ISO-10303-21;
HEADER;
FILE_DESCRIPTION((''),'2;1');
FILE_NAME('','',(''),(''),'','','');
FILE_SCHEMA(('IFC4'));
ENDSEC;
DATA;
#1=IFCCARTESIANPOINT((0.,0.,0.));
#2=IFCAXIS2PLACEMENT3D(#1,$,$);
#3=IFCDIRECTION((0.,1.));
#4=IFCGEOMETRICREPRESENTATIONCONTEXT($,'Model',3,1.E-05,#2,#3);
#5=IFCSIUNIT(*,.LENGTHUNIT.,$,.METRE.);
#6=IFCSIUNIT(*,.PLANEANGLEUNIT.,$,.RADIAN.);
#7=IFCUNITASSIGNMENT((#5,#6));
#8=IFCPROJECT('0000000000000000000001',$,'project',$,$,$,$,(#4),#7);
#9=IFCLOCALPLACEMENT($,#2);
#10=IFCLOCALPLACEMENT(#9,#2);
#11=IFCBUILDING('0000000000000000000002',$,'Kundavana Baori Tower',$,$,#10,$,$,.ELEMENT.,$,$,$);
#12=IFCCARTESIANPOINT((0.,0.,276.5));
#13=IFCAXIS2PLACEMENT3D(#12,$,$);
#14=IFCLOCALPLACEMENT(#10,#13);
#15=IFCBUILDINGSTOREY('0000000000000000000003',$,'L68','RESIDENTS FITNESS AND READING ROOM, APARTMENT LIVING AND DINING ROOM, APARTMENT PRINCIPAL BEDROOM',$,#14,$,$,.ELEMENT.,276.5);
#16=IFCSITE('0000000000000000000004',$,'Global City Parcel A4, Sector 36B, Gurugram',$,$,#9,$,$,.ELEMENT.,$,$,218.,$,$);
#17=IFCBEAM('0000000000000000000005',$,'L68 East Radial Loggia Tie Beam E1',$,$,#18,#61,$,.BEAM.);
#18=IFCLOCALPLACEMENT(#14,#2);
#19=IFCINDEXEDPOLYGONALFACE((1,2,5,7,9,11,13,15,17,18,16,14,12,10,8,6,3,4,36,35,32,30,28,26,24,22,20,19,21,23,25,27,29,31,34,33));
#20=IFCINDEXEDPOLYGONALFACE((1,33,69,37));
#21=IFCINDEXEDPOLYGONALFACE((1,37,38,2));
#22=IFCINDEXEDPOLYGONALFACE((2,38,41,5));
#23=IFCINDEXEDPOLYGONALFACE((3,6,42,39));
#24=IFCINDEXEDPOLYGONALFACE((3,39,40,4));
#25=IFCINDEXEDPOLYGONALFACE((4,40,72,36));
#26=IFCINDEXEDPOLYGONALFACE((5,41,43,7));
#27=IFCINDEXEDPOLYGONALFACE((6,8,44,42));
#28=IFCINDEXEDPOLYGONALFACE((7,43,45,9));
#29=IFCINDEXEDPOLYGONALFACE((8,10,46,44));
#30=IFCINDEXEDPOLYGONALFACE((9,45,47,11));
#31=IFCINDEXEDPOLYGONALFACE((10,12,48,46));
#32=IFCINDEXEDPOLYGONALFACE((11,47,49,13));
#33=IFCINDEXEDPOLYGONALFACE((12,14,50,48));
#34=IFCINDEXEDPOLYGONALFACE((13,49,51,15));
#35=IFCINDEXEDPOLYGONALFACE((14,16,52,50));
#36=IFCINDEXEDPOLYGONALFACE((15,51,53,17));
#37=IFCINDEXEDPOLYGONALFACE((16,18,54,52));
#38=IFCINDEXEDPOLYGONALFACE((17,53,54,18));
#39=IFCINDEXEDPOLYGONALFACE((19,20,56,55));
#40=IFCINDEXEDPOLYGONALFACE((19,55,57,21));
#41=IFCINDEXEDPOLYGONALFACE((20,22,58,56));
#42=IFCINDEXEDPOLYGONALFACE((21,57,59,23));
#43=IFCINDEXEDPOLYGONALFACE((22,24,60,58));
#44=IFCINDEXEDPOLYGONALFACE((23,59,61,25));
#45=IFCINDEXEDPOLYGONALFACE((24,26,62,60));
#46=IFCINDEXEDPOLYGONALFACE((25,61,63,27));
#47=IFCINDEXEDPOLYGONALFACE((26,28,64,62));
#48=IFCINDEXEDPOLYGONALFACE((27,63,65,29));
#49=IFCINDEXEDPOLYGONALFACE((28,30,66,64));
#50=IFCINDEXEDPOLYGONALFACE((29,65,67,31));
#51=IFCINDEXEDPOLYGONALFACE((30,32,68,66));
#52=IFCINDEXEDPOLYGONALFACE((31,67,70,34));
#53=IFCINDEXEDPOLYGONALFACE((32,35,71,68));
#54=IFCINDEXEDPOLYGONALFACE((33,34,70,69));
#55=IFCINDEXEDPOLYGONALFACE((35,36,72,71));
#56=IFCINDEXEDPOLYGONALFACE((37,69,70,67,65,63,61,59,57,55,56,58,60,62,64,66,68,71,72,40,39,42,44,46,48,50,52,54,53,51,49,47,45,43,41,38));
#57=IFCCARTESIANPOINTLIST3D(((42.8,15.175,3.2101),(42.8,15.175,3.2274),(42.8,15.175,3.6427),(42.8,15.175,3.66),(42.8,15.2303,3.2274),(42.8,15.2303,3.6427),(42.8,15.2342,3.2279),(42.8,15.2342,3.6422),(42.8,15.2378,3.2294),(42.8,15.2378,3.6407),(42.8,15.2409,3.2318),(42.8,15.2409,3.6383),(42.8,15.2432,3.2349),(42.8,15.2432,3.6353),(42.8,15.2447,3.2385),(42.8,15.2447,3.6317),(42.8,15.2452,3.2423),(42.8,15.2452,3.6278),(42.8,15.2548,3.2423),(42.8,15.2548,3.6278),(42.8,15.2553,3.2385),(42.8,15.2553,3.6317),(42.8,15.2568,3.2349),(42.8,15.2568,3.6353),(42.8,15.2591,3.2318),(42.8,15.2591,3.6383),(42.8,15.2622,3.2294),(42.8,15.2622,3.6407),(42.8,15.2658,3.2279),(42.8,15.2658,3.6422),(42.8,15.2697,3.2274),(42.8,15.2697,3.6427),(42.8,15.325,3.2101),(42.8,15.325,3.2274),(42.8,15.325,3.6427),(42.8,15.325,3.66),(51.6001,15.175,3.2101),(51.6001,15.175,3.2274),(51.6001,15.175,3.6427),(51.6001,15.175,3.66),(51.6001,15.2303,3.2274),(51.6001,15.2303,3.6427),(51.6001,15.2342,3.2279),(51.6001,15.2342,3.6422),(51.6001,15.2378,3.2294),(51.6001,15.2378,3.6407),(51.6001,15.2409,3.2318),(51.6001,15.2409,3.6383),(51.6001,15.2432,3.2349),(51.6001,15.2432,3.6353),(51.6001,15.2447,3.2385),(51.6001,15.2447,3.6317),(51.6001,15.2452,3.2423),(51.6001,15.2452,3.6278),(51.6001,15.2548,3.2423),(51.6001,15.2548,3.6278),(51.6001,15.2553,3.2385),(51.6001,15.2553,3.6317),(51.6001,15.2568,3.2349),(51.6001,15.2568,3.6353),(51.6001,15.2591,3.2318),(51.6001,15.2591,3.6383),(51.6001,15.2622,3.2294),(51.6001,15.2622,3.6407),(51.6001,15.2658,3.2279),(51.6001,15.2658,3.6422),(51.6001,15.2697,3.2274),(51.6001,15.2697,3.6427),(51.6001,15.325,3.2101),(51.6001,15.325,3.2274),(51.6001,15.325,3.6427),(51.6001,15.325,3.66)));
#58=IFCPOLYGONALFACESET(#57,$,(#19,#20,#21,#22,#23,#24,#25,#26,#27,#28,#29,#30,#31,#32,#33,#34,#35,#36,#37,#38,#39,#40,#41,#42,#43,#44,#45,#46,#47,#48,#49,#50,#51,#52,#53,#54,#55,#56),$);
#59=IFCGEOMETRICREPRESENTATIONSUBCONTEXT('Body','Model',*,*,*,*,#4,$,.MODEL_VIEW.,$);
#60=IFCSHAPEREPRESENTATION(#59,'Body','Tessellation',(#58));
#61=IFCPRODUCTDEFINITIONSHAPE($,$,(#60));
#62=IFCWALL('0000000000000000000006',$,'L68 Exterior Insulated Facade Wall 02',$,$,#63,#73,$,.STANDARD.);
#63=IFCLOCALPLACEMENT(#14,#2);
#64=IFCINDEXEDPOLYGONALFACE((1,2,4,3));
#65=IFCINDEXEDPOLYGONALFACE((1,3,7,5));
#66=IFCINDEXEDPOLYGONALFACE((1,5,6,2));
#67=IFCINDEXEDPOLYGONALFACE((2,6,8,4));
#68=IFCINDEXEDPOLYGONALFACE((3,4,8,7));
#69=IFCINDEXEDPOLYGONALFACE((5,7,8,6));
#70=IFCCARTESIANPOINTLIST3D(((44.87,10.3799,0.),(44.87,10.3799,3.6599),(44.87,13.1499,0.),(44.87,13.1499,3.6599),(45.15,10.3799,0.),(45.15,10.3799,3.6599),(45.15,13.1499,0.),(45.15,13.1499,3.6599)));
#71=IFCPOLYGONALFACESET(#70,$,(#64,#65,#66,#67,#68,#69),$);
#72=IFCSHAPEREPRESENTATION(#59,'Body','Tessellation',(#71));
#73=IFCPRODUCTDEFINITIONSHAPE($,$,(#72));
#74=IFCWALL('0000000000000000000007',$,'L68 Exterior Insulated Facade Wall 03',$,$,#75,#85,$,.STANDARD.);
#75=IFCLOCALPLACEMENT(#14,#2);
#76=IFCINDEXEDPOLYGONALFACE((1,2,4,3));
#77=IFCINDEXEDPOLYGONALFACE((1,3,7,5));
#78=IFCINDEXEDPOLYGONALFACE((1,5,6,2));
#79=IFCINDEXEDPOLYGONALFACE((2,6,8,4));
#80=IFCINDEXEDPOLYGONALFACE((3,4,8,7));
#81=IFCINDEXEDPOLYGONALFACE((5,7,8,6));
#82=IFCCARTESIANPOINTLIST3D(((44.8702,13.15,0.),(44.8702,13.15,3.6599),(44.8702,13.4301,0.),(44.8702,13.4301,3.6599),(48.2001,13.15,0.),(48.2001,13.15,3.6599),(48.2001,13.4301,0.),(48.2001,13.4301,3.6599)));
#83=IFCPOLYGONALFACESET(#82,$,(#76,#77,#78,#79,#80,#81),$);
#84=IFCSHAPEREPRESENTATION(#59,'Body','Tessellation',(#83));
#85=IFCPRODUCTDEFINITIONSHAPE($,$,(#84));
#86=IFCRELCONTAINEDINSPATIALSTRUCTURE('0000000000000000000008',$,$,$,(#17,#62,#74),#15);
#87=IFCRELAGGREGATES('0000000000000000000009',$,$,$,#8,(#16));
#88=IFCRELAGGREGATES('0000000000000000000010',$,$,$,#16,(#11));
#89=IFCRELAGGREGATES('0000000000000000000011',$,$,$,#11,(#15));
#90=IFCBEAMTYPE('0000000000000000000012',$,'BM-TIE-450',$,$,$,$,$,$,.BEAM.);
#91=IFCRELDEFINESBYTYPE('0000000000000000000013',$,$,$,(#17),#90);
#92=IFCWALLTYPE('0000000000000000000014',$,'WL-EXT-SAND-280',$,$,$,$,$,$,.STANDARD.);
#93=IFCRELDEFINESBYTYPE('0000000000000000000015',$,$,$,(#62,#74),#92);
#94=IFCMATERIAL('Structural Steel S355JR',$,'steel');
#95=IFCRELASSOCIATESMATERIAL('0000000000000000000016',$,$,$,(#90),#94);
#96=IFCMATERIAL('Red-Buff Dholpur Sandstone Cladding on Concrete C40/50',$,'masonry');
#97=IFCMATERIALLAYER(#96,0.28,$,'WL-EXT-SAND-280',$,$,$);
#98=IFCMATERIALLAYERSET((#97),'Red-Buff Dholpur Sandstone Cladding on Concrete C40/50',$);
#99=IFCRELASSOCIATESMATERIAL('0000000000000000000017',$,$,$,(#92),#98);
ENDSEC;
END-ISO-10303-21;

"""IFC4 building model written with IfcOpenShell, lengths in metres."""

from ifc_helpers import new_model, si_unit, direction, frame, frame_2d, origin, origin_2d, place, context, subcontext, project, spatial, rectangle, i_section, extrude, material, layer, layer_set, material_profile, profile_set, type_object, element, save


model = new_model("IFC4")

# Units and contexts
model_context = context("Model", 3, precision=1e-05, world=origin(), true_north=direction((0.0, 1.0)))
body_context = subcontext(model_context, "Body", "Model", "MODEL_VIEW")
ifc_project = project(units=[si_unit("LENGTHUNIT", "METRE"), si_unit("PLANEANGLEUNIT", "RADIAN")], contexts=[model_context])

# Site, building, storey
site_placement = place(None, origin())
site = spatial("IfcSite", under=ifc_project, at=site_placement, Name="Global City Parcel A4, Sector 36B, Gurugram", CompositionType="ELEMENT", RefElevation=218.0)
building_placement = place(site_placement, origin())
building = spatial("IfcBuilding", under=site, at=building_placement, Name="Kundavana Baori Tower", CompositionType="ELEMENT")
storey_placement = place(building_placement, frame((0.0, 0.0, 276.5)))
storey = spatial("IfcBuildingStorey", under=building, at=storey_placement, Name="L68", Description="RESIDENTS FITNESS AND READING ROOM, APARTMENT LIVING AND DINING ROOM, APARTMENT PRINCIPAL BEDROOM", CompositionType="ELEMENT", Elevation=276.5)

# Beam
ifc_material_1 = material(Name="Structural Steel S355JR", Category="steel")
ifc_material_profile_1 = material_profile(ifc_material_1, i_section(OverallWidth=0.1499, OverallDepth=0.45, WebThickness=0.0095, FlangeThickness=0.0173, FilletRadius=0.0149, at=origin_2d()), Name="ISMB 450")
ifc_profile_set_1 = profile_set([ifc_material_profile_1], Name="Structural Steel S355JR")
beam_type_1 = type_object("IfcBeamType", Name="BM-TIE-450", PredefinedType="BEAM", material=ifc_profile_set_1)
beam_1_placement = place(storey_placement, frame((42.8, 15.25, 3.4351), z_axis=(1.0, 0.0, 0.0), x_axis=(0.0, 1.0, 0.0)))
element("IfcBeam", 1, at=beam_1_placement, inside=storey, type_object=beam_type_1, Name="L68 East Radial Loggia Tie Beam E1", PredefinedType="BEAM", context=body_context, shape_type="SweptSolid", body=[
    extrude(i_section(OverallWidth=0.1499, OverallDepth=0.45, WebThickness=0.0095, FlangeThickness=0.0173, FilletRadius=0.0149, at=origin_2d()), origin(), (0.0, 0.0, 1.0), 8.8),
])

# Walls
ifc_material_2 = material(Name="Red-Buff Dholpur Sandstone Cladding on Concrete C40/50", Category="masonry")
ifc_layer_1 = layer(ifc_material_2, 0.28, Name="WL-EXT-SAND-280")
ifc_layer_set_1 = layer_set([ifc_layer_1], Name="Red-Buff Dholpur Sandstone Cladding on Concrete C40/50")
wall_type_1 = type_object("IfcWallType", Name="WL-EXT-SAND-280", PredefinedType="STANDARD", material=ifc_layer_set_1)
wall_1_placement = place(storey_placement, frame((45.01, 10.3799, 0.0), z_axis=(0.0, 0.0, 1.0), x_axis=(0.0, 1.0, 0.0)))
element("IfcWall", 2, at=wall_1_placement, inside=storey, type_object=wall_type_1, Name="L68 Exterior Insulated Facade Wall 02", PredefinedType="STANDARD", context=body_context, shape_type="SweptSolid", body=[
    extrude(rectangle(XDim=2.77, YDim=0.28, at=frame_2d((1.385, 0.0))), origin(), (0.0, 0.0, 1.0), 3.6599),
])
wall_2_placement = place(storey_placement, frame((44.8701, 13.29, 0.0), z_axis=(0.0, 0.0, 1.0), x_axis=(1.0, 0.0, 0.0)))
element("IfcWall", 3, at=wall_2_placement, inside=storey, type_object=wall_type_1, Name="L68 Exterior Insulated Facade Wall 03", PredefinedType="STANDARD", context=body_context, shape_type="SweptSolid", body=[
    extrude(rectangle(XDim=3.3298, YDim=0.28, at=frame_2d((1.665, 0.0))), origin(), (0.0, 0.0, 1.0), 3.6599),
])

save(model, "model.ifc")
